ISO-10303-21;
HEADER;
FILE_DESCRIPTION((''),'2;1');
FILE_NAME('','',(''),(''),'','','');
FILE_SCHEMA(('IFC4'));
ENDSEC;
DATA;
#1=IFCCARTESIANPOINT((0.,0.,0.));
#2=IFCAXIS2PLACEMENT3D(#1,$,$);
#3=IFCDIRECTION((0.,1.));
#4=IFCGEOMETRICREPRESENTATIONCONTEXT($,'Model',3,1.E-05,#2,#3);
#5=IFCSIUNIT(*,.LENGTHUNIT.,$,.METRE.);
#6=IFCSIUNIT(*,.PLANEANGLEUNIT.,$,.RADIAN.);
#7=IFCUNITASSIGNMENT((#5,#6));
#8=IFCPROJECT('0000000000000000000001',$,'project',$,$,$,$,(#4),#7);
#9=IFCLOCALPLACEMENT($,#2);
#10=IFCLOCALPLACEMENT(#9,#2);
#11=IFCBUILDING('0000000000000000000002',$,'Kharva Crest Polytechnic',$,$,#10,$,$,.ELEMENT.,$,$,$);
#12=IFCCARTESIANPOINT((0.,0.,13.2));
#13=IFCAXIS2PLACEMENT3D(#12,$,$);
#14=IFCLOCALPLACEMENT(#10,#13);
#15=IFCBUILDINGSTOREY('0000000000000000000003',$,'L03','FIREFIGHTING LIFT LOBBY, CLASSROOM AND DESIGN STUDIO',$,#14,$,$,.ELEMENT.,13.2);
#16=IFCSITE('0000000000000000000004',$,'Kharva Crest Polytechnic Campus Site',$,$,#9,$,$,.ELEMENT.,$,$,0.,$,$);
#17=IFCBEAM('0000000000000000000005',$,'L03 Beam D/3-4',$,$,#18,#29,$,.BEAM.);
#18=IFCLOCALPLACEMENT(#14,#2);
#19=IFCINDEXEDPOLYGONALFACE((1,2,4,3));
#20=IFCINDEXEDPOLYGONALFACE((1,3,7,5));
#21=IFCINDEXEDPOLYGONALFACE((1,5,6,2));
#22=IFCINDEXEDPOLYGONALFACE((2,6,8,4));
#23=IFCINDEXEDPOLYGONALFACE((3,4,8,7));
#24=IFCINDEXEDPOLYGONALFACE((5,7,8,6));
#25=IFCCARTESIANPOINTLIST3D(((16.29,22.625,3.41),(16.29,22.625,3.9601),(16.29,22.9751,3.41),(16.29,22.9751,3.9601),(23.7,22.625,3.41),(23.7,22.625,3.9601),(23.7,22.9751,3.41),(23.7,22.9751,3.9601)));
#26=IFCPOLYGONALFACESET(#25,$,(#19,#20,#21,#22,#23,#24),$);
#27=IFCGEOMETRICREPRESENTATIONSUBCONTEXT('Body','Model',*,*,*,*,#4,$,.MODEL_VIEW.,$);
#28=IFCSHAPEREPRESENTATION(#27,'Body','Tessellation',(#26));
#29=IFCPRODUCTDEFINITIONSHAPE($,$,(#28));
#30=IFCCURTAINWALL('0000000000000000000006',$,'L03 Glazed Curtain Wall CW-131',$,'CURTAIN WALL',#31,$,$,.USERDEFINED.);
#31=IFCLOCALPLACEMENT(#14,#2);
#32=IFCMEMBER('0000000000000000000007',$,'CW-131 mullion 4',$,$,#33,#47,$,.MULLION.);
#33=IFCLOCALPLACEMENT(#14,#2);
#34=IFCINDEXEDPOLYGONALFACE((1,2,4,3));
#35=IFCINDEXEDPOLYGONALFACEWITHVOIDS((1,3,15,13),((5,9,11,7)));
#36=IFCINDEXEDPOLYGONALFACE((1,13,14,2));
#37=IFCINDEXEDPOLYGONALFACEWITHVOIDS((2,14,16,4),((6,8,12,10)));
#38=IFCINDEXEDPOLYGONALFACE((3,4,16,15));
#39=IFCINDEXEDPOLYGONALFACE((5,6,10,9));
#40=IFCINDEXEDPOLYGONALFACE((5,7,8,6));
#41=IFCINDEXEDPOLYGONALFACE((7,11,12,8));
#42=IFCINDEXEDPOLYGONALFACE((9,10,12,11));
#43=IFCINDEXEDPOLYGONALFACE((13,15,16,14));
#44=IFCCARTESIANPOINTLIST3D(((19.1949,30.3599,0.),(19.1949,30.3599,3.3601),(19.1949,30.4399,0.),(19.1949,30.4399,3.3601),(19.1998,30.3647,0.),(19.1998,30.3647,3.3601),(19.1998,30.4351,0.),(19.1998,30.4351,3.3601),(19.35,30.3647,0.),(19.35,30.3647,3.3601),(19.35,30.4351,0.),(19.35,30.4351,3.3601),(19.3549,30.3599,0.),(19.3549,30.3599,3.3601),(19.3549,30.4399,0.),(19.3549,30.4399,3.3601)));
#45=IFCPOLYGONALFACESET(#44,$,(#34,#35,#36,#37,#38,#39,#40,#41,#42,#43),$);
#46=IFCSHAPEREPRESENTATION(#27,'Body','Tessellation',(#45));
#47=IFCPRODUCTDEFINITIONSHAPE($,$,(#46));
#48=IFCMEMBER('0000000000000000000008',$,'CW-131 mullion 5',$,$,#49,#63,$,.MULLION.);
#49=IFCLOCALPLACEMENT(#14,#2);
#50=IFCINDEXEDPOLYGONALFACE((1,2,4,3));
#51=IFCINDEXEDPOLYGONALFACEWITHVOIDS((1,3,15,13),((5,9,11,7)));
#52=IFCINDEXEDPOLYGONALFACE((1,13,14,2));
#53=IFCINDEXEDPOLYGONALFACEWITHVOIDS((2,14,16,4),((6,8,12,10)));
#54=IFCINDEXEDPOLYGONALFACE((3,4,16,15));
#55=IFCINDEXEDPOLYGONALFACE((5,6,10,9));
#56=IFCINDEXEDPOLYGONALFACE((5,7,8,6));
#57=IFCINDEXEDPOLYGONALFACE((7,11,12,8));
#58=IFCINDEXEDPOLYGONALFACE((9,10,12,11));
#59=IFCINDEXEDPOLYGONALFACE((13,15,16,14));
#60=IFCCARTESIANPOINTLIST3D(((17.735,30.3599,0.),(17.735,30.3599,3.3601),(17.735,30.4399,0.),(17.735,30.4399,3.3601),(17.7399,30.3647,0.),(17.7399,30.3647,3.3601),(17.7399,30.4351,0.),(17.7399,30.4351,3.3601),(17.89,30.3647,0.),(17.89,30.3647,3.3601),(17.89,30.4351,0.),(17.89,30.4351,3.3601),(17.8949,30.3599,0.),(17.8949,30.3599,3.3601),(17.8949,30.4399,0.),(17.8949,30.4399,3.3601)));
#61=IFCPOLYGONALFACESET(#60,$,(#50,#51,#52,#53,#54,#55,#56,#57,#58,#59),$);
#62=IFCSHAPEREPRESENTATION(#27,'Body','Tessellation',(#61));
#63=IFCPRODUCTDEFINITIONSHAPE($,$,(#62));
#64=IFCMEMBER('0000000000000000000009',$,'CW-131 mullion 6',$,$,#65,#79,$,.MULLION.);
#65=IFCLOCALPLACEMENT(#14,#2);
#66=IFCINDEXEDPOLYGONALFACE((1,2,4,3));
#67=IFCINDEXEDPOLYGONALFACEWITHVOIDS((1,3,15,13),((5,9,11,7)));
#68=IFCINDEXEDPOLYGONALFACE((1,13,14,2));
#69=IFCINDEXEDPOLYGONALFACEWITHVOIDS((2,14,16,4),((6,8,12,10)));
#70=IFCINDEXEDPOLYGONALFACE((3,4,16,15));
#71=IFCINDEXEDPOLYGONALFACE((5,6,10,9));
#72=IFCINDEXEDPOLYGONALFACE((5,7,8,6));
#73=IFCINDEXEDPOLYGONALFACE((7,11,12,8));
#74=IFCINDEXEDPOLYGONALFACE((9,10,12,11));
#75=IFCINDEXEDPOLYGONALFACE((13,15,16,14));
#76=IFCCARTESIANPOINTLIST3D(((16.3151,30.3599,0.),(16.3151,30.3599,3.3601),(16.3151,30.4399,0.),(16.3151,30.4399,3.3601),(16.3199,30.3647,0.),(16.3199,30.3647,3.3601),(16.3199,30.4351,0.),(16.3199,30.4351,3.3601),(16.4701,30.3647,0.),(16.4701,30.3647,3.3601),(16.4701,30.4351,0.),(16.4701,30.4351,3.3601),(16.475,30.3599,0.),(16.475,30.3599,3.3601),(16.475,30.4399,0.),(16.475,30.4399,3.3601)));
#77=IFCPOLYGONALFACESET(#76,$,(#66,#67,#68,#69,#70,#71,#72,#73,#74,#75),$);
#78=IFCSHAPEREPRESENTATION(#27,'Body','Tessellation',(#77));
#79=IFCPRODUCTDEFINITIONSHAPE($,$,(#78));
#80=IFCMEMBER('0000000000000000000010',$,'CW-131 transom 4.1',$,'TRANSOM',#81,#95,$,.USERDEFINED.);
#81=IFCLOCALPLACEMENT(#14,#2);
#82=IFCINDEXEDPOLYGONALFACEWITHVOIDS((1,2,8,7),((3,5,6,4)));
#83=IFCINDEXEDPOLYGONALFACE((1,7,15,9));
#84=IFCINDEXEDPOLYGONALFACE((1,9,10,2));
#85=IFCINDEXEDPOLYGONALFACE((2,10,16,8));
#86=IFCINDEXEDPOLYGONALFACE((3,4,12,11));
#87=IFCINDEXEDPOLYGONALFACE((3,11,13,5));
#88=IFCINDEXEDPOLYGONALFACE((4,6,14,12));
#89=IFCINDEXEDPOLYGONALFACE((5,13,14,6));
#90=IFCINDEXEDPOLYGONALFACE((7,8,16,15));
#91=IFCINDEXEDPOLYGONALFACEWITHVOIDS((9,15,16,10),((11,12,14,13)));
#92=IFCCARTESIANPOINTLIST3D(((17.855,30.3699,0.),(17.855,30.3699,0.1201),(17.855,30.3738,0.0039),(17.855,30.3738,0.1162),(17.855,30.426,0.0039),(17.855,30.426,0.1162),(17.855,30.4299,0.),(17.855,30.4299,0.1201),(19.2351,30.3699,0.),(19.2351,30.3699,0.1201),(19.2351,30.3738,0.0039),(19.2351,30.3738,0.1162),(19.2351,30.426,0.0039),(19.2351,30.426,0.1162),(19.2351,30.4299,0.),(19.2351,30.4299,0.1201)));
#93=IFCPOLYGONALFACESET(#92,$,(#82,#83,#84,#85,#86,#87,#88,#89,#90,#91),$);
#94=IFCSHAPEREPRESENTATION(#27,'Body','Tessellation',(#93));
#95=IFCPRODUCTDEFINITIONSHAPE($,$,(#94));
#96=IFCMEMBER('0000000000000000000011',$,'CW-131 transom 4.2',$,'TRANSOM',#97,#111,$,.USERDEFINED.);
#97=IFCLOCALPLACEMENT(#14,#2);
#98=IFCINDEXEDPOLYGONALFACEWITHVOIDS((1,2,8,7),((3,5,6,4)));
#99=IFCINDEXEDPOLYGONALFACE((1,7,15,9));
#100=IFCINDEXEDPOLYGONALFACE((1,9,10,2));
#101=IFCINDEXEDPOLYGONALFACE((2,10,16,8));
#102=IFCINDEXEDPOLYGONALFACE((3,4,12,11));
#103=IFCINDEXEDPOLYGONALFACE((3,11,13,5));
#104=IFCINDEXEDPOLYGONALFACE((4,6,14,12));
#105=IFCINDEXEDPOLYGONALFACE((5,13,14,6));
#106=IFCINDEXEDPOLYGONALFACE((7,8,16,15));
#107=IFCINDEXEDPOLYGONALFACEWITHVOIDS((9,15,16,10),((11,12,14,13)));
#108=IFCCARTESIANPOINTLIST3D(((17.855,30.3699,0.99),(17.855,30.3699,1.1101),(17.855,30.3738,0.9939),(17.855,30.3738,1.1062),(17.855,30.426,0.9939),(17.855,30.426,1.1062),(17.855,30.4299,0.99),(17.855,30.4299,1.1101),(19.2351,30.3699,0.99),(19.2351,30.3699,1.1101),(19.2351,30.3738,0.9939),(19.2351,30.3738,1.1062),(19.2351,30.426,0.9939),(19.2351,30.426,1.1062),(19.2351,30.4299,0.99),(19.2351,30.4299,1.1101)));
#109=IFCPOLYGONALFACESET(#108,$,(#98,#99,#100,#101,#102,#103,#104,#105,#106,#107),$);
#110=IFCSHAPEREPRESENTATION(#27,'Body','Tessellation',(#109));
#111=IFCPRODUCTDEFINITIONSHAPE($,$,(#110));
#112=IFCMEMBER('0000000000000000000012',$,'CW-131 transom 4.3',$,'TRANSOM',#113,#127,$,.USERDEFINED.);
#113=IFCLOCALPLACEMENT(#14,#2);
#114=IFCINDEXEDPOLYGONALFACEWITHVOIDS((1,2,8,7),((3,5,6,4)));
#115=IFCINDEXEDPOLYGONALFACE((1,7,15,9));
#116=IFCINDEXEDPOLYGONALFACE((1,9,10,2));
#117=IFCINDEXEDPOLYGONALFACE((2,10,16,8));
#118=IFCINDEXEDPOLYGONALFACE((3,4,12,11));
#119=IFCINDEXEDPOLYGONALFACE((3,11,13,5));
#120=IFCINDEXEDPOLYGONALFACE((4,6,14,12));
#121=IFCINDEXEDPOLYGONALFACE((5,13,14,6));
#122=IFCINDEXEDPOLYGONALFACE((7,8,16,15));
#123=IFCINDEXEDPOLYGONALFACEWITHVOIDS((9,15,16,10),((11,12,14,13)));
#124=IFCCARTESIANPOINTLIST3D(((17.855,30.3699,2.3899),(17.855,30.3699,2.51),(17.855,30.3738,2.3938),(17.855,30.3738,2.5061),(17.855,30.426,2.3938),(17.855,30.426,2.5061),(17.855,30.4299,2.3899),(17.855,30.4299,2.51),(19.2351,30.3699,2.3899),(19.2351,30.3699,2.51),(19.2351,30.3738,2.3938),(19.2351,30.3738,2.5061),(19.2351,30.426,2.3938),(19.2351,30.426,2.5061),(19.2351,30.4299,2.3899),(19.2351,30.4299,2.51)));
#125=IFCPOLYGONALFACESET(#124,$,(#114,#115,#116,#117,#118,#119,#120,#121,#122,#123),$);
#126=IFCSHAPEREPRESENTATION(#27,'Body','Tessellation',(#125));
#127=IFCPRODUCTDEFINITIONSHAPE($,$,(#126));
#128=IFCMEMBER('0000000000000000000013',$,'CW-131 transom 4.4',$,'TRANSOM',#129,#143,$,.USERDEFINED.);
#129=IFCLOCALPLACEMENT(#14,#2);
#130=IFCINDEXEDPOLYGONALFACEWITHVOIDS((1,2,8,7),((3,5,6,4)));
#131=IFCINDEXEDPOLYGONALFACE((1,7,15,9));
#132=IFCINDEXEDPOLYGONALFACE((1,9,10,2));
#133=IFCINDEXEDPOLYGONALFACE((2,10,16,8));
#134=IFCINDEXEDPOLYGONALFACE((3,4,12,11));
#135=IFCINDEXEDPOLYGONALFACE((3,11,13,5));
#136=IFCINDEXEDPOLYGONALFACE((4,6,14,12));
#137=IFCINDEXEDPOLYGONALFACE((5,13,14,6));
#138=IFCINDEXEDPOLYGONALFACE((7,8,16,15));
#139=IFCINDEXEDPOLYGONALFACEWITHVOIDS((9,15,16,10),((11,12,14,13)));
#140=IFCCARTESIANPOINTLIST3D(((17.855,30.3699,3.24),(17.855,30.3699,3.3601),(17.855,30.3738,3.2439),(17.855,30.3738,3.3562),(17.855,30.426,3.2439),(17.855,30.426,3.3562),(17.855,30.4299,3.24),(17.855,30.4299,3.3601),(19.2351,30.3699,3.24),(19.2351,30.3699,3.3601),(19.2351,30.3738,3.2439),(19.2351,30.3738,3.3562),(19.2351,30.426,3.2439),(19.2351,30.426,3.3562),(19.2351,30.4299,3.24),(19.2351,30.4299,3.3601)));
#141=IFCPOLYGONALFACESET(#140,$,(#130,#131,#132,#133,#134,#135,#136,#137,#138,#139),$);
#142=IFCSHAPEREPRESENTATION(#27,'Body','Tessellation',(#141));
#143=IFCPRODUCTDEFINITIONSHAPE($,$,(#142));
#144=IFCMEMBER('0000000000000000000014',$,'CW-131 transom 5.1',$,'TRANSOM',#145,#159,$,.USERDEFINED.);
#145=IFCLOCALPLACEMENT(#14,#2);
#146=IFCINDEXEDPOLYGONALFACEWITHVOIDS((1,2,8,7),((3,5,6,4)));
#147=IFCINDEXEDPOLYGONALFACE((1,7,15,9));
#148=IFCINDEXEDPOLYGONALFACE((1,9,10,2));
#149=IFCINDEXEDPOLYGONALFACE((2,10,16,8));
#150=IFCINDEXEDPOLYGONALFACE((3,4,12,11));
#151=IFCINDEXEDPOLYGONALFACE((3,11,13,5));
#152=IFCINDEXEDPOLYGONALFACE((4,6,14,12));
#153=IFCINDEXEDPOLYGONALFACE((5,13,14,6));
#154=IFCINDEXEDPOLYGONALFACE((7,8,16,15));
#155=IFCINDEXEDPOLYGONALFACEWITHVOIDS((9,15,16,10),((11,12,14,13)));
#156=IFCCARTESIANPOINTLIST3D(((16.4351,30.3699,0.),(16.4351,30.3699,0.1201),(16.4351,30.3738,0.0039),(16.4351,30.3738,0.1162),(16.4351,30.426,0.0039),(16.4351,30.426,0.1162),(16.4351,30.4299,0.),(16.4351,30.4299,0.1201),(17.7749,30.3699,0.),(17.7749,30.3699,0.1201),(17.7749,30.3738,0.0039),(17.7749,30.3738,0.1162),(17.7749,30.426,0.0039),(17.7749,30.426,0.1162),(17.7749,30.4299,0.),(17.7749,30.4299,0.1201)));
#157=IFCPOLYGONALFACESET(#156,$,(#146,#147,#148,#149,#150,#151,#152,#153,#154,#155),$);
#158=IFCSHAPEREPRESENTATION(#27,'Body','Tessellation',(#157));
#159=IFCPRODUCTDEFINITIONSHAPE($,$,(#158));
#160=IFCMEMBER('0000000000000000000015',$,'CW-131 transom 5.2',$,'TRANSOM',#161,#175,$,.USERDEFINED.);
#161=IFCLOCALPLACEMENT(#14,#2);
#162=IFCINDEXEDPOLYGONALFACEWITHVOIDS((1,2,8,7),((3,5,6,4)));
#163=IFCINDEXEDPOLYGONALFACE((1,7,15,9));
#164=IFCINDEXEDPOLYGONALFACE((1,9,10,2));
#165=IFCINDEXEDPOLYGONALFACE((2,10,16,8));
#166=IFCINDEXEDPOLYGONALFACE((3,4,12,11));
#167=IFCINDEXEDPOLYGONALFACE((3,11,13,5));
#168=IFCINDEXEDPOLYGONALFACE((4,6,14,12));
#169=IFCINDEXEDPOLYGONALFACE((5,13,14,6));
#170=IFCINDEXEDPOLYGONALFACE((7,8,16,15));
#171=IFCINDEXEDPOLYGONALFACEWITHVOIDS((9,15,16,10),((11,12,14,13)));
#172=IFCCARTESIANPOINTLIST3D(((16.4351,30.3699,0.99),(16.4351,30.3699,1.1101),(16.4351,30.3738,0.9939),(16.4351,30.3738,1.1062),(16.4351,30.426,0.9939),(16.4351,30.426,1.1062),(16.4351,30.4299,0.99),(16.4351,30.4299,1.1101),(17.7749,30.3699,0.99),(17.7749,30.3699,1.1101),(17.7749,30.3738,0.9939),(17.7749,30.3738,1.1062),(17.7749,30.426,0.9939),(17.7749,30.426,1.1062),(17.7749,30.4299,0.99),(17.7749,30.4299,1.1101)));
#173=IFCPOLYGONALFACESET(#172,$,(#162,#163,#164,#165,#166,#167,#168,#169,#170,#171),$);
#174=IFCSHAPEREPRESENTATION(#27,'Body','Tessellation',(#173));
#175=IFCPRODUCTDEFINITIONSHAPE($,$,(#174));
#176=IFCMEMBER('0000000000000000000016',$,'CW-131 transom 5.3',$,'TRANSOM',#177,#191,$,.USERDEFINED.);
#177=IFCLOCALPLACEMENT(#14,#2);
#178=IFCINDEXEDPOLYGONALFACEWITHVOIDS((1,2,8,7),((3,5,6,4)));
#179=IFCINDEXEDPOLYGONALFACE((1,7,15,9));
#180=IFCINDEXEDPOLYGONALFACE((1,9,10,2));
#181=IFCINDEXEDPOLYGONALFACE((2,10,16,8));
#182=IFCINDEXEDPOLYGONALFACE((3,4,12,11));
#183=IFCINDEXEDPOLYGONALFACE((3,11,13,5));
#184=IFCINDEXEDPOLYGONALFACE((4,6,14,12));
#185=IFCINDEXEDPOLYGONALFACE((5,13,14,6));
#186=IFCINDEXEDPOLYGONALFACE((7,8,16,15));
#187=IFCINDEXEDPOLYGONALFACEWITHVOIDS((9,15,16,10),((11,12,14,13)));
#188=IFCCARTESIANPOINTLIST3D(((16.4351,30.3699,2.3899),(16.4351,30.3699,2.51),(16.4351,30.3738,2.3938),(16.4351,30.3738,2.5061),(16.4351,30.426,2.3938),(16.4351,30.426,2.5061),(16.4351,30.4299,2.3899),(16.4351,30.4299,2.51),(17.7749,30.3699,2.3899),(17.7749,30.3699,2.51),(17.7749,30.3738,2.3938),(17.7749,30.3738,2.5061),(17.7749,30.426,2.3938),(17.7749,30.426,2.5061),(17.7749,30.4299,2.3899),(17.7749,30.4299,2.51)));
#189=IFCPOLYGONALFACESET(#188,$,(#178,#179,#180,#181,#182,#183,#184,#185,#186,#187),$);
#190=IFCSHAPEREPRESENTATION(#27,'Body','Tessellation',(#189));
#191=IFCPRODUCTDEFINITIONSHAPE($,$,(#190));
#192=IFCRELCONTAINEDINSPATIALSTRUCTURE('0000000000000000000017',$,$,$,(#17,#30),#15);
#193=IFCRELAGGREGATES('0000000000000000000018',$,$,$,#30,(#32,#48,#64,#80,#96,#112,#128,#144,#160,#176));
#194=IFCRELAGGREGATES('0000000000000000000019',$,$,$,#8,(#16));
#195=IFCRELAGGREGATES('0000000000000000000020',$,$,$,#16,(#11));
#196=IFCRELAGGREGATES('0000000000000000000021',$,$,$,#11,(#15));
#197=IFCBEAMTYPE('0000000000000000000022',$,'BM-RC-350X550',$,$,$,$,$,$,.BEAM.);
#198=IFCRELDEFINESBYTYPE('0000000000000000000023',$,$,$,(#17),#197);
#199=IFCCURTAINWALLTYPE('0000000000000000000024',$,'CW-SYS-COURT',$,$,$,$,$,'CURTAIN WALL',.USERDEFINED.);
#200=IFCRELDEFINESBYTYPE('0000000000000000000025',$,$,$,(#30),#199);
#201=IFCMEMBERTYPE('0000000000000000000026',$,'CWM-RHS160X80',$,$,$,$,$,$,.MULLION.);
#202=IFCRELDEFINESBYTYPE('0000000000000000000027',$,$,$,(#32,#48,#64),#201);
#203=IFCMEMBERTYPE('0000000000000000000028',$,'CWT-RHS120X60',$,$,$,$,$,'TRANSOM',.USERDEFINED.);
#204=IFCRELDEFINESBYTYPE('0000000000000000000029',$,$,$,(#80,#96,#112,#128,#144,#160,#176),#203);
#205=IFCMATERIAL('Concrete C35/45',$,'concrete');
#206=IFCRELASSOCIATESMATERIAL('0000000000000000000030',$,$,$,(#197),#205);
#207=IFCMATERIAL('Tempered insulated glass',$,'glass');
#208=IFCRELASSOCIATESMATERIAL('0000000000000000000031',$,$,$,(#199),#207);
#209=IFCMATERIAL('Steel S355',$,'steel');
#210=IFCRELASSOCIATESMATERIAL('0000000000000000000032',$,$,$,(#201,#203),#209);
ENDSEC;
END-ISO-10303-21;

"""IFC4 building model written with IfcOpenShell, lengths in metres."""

from ifc_helpers import new_model, si_unit, direction, frame, origin, origin_2d, place, context, subcontext, project, spatial, rectangle, hollow_rectangle, extrude, material, material_profile, profile_set, type_object, element, aggregate, save


model = new_model("IFC4")

# Units and contexts
model_context = context("Model", 3, precision=1e-05, world=origin(), true_north=direction((0.0, 1.0)))
body_context = subcontext(model_context, "Body", "Model", "MODEL_VIEW")
ifc_project = project(units=[si_unit("LENGTHUNIT", "METRE"), si_unit("PLANEANGLEUNIT", "RADIAN")], contexts=[model_context])

# Site, building, storey
site_placement = place(None, origin())
site = spatial("IfcSite", under=ifc_project, at=site_placement, Name="Kharva Crest Polytechnic Campus Site", CompositionType="ELEMENT", RefElevation=0.0)
building_placement = place(site_placement, origin())
building = spatial("IfcBuilding", under=site, at=building_placement, Name="Kharva Crest Polytechnic", CompositionType="ELEMENT")
storey_placement = place(building_placement, frame((0.0, 0.0, 13.2)))
storey = spatial("IfcBuildingStorey", under=building, at=storey_placement, Name="L03", Description="FIREFIGHTING LIFT LOBBY, CLASSROOM AND DESIGN STUDIO", CompositionType="ELEMENT", Elevation=13.2)

# Beam
ifc_material_1 = material(Name="Concrete C35/45", Category="concrete")
ifc_material_profile_1 = material_profile(ifc_material_1, rectangle(XDim=0.3501, YDim=0.55, at=origin_2d()), Name="RECT 350 X 550")
ifc_profile_set_1 = profile_set([ifc_material_profile_1], Name="Concrete C35/45")
beam_type_1 = type_object("IfcBeamType", Name="BM-RC-350X550", PredefinedType="BEAM", material=ifc_profile_set_1)
beam_1_placement = place(storey_placement, frame((16.29, 22.8, 3.6851), z_axis=(1.0, 0.0, 0.0), x_axis=(0.0, 1.0, 0.0)))
element("IfcBeam", 1, at=beam_1_placement, inside=storey, type_object=beam_type_1, Name="L03 Beam D/3-4", PredefinedType="BEAM", context=body_context, shape_type="SweptSolid", body=[
    extrude(rectangle(XDim=0.3501, YDim=0.55, at=origin_2d()), origin(), (0.0, 0.0, 1.0), 7.4099),
])

# Curtain wall, members
ifc_material_2 = material(Name="Tempered insulated glass", Category="glass")
curtain_wall_type = type_object("IfcCurtainWallType", Name="CW-SYS-COURT", ElementType="CURTAIN WALL", PredefinedType="USERDEFINED", material=ifc_material_2)
curtain_wall_placement = place(storey_placement, origin())
curtain_wall = element("IfcCurtainWall", 2, at=curtain_wall_placement, inside=storey, type_object=curtain_wall_type, Name="L03 Glazed Curtain Wall CW-131", ObjectType="CURTAIN WALL", PredefinedType="USERDEFINED")
ifc_material_3 = material(Name="Steel S355", Category="steel")
ifc_material_profile_2 = material_profile(ifc_material_3, hollow_rectangle(XDim=0.0801, YDim=0.1599, WallThickness=0.0049, at=origin_2d()), Name="RHS 160X80X5.0")
ifc_profile_set_2 = profile_set([ifc_material_profile_2], Name="Steel S355")
member_type_1 = type_object("IfcMemberType", Name="CWM-RHS160X80", PredefinedType="MULLION", material=ifc_profile_set_2)
member_1_placement = place(storey_placement, frame((19.2749, 30.3999, 0.0), z_axis=(0.0, 0.0, 1.0), x_axis=(0.0, -1.0, 0.0)))
member_1 = element("IfcMember", 3, at=member_1_placement, type_object=member_type_1, Name="CW-131 mullion 4", PredefinedType="MULLION", context=body_context, shape_type="SweptSolid", body=[
    extrude(hollow_rectangle(XDim=0.0801, YDim=0.1599, WallThickness=0.0049, at=origin_2d()), origin(), (0.0, 0.0, 1.0), 3.3601),
])
member_2_placement = place(storey_placement, frame((17.8149, 30.3999, 0.0), z_axis=(0.0, 0.0, 1.0), x_axis=(0.0, -1.0, 0.0)))
member_2 = element("IfcMember", 4, at=member_2_placement, type_object=member_type_1, Name="CW-131 mullion 5", PredefinedType="MULLION", context=body_context, shape_type="SweptSolid", body=[
    extrude(hollow_rectangle(XDim=0.0801, YDim=0.1599, WallThickness=0.0049, at=origin_2d()), origin(), (0.0, 0.0, 1.0), 3.3601),
])
member_3_placement = place(storey_placement, frame((16.395, 30.3999, 0.0), z_axis=(0.0, 0.0, 1.0), x_axis=(0.0, -1.0, 0.0)))
member_3 = element("IfcMember", 5, at=member_3_placement, type_object=member_type_1, Name="CW-131 mullion 6", PredefinedType="MULLION", context=body_context, shape_type="SweptSolid", body=[
    extrude(hollow_rectangle(XDim=0.0801, YDim=0.1599, WallThickness=0.0049, at=origin_2d()), origin(), (0.0, 0.0, 1.0), 3.3601),
])
ifc_material_profile_3 = material_profile(ifc_material_3, hollow_rectangle(XDim=0.0601, YDim=0.1201, WallThickness=0.0039, at=origin_2d()), Name="RHS 120X60X4.0")
ifc_profile_set_3 = profile_set([ifc_material_profile_3], Name="Steel S355")
member_type_2 = type_object("IfcMemberType", Name="CWT-RHS120X60", ElementType="TRANSOM", PredefinedType="USERDEFINED", material=ifc_profile_set_3)
member_4_placement = place(storey_placement, frame((19.2351, 30.3999, 0.0601), z_axis=(-1.0, 0.0, 0.0), x_axis=(0.0, -1.0, 0.0)))
member_4 = element("IfcMember", 6, at=member_4_placement, type_object=member_type_2, Name="CW-131 transom 4.1", ObjectType="TRANSOM", PredefinedType="USERDEFINED", context=body_context, shape_type="SweptSolid", body=[
    extrude(hollow_rectangle(XDim=0.0601, YDim=0.1201, WallThickness=0.0039, at=origin_2d()), origin(), (0.0, 0.0, 1.0), 1.3801),
])
member_5_placement = place(storey_placement, frame((19.2351, 30.3999, 1.05), z_axis=(-1.0, 0.0, 0.0), x_axis=(0.0, -1.0, 0.0)))
member_5 = element("IfcMember", 7, at=member_5_placement, type_object=member_type_2, Name="CW-131 transom 4.2", ObjectType="TRANSOM", PredefinedType="USERDEFINED", context=body_context, shape_type="SweptSolid", body=[
    extrude(hollow_rectangle(XDim=0.0601, YDim=0.1201, WallThickness=0.0039, at=origin_2d()), origin(), (0.0, 0.0, 1.0), 1.3801),
])
member_6_placement = place(storey_placement, frame((19.2351, 30.3999, 2.45), z_axis=(-1.0, 0.0, 0.0), x_axis=(0.0, -1.0, 0.0)))
member_6 = element("IfcMember", 8, at=member_6_placement, type_object=member_type_2, Name="CW-131 transom 4.3", ObjectType="TRANSOM", PredefinedType="USERDEFINED", context=body_context, shape_type="SweptSolid", body=[
    extrude(hollow_rectangle(XDim=0.0601, YDim=0.1201, WallThickness=0.0039, at=origin_2d()), origin(), (0.0, 0.0, 1.0), 1.3801),
])
member_7_placement = place(storey_placement, frame((19.2351, 30.3999, 3.3), z_axis=(-1.0, 0.0, 0.0), x_axis=(0.0, -1.0, 0.0)))
member_7 = element("IfcMember", 9, at=member_7_placement, type_object=member_type_2, Name="CW-131 transom 4.4", ObjectType="TRANSOM", PredefinedType="USERDEFINED", context=body_context, shape_type="SweptSolid", body=[
    extrude(hollow_rectangle(XDim=0.0601, YDim=0.1201, WallThickness=0.0039, at=origin_2d()), origin(), (0.0, 0.0, 1.0), 1.3801),
])
member_8_placement = place(storey_placement, frame((17.7749, 30.3999, 0.0601), z_axis=(-1.0, 0.0, 0.0), x_axis=(0.0, -1.0, 0.0)))
member_8 = element("IfcMember", 10, at=member_8_placement, type_object=member_type_2, Name="CW-131 transom 5.1", ObjectType="TRANSOM", PredefinedType="USERDEFINED", context=body_context, shape_type="SweptSolid", body=[
    extrude(hollow_rectangle(XDim=0.0601, YDim=0.1201, WallThickness=0.0039, at=origin_2d()), origin(), (0.0, 0.0, 1.0), 1.3398),
])
member_9_placement = place(storey_placement, frame((17.7749, 30.3999, 1.05), z_axis=(-1.0, 0.0, 0.0), x_axis=(0.0, -1.0, 0.0)))
member_9 = element("IfcMember", 11, at=member_9_placement, type_object=member_type_2, Name="CW-131 transom 5.2", ObjectType="TRANSOM", PredefinedType="USERDEFINED", context=body_context, shape_type="SweptSolid", body=[
    extrude(hollow_rectangle(XDim=0.0601, YDim=0.1201, WallThickness=0.0039, at=origin_2d()), origin(), (0.0, 0.0, 1.0), 1.3398),
])
member_10_placement = place(storey_placement, frame((17.7749, 30.3999, 2.45), z_axis=(-1.0, 0.0, 0.0), x_axis=(0.0, -1.0, 0.0)))
member_10 = element("IfcMember", 12, at=member_10_placement, type_object=member_type_2, Name="CW-131 transom 5.3", ObjectType="TRANSOM", PredefinedType="USERDEFINED", context=body_context, shape_type="SweptSolid", body=[
    extrude(hollow_rectangle(XDim=0.0601, YDim=0.1201, WallThickness=0.0039, at=origin_2d()), origin(), (0.0, 0.0, 1.0), 1.3398),
])

aggregate(curtain_wall, [member_1, member_2, member_3, member_4, member_5, member_6, member_7, member_8, member_9, member_10])

save(model, "model.ifc")
